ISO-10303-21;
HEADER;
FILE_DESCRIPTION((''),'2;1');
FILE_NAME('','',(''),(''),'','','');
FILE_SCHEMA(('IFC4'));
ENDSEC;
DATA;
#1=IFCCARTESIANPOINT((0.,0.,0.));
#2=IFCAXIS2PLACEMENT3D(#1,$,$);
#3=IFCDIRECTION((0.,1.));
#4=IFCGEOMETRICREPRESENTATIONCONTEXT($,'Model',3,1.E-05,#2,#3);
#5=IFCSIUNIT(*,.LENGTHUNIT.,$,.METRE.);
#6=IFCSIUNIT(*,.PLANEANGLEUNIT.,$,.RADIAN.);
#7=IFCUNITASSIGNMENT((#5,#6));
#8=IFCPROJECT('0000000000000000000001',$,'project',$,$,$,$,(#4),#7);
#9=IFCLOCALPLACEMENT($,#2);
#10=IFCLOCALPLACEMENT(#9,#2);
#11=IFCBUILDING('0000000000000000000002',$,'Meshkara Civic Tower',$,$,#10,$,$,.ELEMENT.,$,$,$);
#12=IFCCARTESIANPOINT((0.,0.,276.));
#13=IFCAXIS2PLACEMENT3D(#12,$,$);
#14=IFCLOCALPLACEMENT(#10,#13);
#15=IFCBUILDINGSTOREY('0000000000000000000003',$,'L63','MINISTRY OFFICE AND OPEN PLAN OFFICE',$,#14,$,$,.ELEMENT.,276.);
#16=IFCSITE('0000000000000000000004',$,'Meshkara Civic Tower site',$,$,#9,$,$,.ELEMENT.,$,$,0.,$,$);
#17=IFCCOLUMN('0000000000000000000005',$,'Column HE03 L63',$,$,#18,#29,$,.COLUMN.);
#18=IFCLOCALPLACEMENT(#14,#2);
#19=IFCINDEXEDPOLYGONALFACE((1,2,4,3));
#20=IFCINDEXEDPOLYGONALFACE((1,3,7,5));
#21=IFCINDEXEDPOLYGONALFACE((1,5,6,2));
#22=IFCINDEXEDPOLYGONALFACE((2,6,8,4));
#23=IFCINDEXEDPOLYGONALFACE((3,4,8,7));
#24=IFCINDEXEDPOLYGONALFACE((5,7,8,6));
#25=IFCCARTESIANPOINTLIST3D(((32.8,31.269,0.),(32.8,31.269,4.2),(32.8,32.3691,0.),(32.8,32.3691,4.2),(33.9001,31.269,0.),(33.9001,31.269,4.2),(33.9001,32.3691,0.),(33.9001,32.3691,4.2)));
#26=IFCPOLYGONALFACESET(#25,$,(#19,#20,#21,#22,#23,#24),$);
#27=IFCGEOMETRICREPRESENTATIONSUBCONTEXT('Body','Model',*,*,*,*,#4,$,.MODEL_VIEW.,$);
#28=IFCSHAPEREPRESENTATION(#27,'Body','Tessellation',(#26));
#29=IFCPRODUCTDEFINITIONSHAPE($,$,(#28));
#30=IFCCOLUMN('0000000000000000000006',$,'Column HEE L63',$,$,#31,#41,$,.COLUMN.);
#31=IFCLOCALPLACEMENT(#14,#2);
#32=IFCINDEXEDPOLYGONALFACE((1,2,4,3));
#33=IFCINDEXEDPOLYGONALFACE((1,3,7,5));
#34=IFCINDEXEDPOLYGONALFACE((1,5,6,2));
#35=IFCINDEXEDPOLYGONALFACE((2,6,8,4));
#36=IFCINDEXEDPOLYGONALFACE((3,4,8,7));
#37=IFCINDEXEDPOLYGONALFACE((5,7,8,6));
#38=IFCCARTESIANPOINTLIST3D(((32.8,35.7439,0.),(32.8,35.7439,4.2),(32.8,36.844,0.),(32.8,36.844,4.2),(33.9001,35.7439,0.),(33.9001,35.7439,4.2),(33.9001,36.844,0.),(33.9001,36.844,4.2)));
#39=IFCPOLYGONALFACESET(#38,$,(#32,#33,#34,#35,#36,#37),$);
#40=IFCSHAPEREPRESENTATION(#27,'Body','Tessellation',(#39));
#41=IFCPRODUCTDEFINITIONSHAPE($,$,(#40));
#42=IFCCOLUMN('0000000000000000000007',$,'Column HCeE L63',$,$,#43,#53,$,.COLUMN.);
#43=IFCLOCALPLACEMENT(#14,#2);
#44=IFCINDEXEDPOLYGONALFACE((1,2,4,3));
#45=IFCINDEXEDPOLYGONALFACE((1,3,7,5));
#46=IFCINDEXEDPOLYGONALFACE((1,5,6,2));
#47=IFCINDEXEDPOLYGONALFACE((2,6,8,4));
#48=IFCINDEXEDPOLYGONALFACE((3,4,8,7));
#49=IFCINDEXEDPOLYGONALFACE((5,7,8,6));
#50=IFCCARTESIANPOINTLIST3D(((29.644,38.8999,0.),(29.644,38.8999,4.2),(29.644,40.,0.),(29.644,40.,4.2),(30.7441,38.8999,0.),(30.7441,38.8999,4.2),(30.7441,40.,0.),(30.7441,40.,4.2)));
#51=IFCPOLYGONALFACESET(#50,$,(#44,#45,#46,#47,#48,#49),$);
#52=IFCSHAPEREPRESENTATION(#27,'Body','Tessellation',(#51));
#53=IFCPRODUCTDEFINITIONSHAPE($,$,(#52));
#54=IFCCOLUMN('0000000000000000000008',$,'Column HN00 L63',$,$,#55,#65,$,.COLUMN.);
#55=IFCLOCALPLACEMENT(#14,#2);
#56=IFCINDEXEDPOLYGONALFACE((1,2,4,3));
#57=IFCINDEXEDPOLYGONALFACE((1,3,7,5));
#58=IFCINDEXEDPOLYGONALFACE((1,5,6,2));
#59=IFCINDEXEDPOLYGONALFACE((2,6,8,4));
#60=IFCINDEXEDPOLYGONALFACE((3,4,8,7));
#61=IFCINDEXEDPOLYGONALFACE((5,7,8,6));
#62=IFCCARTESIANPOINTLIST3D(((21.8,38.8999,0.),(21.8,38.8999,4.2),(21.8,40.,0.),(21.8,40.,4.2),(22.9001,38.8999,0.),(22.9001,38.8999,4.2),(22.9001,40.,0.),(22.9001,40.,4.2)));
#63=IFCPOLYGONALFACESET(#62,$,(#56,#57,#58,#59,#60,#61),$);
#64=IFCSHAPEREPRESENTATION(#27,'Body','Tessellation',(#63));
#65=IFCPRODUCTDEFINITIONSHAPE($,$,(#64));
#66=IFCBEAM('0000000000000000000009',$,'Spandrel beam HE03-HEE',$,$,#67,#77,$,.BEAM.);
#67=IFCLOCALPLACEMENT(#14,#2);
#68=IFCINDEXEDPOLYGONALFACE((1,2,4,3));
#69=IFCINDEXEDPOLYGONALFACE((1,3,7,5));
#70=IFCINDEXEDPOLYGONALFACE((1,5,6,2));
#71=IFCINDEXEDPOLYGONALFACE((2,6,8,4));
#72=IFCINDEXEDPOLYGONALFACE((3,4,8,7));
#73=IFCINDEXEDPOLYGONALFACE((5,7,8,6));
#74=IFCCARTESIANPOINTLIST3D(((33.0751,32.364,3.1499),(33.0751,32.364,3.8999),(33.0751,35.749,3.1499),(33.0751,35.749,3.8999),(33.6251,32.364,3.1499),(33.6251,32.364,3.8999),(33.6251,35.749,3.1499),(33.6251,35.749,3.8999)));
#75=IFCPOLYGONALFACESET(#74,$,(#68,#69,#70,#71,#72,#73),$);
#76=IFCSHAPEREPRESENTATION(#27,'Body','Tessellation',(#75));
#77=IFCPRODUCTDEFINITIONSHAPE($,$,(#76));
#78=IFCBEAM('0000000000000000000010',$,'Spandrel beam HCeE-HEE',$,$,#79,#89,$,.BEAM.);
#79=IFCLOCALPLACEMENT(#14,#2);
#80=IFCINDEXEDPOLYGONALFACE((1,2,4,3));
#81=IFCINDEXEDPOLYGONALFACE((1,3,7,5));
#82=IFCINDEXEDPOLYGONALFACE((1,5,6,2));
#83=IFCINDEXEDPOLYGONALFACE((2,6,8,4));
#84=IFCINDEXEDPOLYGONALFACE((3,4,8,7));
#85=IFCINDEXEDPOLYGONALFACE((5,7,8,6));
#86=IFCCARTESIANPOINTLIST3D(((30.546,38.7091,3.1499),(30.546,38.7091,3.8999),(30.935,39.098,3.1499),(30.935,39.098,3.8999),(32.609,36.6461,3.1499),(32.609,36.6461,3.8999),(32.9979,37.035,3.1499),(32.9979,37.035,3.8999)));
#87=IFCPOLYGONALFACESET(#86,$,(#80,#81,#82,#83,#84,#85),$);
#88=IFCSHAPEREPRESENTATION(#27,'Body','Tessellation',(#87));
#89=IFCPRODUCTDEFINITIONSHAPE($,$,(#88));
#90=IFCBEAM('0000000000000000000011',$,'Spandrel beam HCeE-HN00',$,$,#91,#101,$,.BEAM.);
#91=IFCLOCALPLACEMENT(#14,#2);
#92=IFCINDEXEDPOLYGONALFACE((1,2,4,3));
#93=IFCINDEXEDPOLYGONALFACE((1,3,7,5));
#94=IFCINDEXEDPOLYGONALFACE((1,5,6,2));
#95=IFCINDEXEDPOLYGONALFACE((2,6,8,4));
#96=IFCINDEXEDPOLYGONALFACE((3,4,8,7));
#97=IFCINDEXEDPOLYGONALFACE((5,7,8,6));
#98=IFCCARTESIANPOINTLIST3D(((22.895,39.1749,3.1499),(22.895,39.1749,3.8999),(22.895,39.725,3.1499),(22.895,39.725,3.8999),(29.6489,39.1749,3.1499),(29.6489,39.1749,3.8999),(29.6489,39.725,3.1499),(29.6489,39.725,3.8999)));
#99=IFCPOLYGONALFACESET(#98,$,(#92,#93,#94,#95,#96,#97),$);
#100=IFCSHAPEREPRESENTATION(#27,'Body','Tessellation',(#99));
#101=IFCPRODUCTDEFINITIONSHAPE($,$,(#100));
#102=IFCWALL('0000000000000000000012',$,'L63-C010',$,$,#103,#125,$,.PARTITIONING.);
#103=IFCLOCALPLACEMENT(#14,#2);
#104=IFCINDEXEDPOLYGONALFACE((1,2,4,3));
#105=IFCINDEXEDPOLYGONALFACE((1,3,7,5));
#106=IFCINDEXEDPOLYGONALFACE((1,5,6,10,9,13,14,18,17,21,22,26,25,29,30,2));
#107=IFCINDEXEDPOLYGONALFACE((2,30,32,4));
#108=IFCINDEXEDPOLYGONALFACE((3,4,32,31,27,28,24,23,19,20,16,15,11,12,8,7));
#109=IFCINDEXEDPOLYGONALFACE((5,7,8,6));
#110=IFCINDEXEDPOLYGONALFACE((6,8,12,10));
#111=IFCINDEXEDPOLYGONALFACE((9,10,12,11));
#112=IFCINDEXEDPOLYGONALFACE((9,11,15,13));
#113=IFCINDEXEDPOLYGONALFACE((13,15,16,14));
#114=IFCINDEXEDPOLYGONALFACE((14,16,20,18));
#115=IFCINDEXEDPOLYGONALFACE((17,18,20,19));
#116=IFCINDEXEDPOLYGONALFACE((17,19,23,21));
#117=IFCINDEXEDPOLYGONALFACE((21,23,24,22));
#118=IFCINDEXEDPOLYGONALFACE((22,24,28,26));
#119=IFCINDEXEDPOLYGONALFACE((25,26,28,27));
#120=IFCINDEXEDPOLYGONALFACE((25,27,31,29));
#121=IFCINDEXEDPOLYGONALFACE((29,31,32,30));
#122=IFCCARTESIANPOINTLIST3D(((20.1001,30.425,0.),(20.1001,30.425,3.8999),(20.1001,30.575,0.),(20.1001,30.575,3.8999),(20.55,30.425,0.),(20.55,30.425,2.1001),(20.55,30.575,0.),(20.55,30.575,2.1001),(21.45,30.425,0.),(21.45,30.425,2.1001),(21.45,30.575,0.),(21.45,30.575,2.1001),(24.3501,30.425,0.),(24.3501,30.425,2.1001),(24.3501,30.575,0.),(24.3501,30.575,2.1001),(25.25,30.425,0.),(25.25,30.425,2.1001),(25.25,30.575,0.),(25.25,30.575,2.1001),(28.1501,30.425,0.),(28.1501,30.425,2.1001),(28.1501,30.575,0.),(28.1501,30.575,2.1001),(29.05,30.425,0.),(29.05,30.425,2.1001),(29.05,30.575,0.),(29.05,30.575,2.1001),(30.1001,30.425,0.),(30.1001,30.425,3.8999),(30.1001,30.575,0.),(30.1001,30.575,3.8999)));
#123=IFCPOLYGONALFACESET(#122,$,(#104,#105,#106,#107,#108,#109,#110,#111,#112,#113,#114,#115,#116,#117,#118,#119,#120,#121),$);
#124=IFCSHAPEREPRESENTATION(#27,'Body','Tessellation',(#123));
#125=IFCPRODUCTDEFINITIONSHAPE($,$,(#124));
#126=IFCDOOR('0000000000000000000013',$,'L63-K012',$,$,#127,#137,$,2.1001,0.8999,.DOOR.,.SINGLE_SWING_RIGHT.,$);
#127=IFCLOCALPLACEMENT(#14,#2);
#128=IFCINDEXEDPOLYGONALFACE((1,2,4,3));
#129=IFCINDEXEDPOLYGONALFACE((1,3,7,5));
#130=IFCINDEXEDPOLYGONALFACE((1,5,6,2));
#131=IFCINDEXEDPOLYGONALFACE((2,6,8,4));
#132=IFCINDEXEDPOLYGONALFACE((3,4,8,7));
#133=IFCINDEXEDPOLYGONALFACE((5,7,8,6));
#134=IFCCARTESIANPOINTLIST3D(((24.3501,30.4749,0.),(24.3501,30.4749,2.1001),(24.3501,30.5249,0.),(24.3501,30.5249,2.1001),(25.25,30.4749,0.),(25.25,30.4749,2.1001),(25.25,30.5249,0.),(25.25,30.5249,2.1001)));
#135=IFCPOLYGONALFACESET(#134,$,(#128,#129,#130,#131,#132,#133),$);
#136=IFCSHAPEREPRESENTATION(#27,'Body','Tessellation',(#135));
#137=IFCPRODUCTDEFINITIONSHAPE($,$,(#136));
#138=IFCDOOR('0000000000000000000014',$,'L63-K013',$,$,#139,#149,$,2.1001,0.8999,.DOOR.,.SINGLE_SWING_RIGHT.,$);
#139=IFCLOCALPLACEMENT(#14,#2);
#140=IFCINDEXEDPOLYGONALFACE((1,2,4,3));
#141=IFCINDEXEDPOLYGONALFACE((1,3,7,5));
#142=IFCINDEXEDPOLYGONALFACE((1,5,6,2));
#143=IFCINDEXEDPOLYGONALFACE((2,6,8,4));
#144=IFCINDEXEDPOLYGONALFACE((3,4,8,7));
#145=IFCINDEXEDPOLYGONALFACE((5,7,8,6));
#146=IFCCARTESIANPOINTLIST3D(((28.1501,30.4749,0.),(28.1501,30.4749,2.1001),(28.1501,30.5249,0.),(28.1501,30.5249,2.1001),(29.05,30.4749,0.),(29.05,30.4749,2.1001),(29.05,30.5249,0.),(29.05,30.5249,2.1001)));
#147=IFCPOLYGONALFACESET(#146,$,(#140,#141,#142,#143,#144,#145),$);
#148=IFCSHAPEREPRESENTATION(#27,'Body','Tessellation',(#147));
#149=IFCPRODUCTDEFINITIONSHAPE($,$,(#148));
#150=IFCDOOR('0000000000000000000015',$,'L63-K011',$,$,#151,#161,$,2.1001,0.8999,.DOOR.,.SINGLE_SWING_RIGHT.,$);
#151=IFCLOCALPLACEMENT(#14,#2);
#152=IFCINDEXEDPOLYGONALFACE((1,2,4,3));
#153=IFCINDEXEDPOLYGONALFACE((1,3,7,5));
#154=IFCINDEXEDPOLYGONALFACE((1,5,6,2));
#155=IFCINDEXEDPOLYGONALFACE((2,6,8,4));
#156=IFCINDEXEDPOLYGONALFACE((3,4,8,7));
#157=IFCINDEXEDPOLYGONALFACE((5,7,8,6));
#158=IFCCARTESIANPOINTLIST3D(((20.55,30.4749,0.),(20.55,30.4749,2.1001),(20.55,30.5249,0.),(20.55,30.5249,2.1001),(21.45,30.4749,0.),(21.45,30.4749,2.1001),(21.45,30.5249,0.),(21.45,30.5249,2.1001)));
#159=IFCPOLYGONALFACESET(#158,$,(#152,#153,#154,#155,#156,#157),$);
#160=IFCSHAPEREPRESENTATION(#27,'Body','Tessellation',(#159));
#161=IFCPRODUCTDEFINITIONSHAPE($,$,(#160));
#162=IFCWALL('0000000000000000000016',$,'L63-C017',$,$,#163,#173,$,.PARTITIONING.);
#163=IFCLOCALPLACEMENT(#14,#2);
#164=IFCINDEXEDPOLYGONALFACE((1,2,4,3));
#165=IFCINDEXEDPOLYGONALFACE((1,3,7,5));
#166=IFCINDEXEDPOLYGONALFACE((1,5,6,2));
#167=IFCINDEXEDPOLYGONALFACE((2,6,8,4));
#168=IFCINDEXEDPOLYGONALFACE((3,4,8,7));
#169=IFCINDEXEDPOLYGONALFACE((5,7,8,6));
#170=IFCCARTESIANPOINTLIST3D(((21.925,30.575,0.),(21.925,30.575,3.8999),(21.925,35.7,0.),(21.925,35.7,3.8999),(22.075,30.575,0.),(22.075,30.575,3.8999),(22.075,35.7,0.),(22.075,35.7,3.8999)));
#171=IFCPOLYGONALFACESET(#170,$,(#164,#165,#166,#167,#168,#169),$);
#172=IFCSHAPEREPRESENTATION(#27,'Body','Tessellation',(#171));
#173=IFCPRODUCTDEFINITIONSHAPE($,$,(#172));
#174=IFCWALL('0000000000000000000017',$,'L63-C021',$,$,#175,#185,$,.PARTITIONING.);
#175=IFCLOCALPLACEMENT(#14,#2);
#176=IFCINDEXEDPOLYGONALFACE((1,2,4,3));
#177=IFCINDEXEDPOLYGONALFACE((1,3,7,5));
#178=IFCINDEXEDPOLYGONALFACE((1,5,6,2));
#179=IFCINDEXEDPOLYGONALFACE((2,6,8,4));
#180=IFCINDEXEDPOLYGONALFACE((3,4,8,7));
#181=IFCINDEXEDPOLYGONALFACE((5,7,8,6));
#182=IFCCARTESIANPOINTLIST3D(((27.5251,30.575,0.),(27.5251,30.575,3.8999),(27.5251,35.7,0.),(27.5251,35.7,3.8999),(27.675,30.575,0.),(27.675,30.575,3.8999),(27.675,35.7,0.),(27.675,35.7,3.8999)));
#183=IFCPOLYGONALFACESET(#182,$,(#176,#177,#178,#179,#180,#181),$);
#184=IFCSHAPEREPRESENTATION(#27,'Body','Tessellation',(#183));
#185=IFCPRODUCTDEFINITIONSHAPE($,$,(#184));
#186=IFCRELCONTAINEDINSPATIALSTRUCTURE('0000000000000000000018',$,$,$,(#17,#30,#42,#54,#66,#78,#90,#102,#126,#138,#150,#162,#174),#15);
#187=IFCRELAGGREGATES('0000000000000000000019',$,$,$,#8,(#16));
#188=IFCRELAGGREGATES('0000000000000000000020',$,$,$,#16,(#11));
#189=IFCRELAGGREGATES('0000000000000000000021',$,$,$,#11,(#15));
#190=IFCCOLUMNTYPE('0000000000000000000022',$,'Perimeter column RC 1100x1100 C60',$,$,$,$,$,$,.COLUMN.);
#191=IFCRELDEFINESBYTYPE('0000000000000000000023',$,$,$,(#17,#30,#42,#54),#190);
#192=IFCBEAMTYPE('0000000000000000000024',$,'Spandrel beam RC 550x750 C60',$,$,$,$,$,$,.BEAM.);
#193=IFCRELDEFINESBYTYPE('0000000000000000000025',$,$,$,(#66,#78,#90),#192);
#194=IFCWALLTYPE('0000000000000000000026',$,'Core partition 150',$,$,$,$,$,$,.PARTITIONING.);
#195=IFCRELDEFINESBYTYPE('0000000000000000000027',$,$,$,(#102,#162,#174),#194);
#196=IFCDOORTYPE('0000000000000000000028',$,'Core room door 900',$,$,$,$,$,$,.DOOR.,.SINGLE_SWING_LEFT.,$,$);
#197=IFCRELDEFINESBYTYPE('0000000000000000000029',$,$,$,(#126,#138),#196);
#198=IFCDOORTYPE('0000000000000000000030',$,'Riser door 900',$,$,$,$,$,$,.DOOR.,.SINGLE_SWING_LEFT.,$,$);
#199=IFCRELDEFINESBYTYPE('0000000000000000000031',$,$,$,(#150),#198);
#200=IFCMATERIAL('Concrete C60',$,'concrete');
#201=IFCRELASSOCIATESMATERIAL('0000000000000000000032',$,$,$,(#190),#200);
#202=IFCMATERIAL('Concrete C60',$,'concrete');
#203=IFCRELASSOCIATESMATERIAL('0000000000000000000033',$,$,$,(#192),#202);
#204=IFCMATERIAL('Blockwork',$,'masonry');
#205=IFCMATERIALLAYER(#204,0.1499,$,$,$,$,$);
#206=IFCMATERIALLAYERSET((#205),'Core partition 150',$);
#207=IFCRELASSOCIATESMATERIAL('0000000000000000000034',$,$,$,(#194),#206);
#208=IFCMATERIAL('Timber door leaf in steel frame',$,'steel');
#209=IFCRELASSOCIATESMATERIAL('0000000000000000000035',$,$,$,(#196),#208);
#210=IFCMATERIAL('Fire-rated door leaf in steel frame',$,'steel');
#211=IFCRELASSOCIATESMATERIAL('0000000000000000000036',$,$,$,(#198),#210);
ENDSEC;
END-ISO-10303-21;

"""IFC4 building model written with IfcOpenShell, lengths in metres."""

from ifc_helpers import new_model, si_unit, direction, frame, frame_2d, origin, origin_2d, place, context, subcontext, project, spatial, rectangle, extrude, material, layer, layer_set, material_profile, profile_set, type_object, element, fill, save


model = new_model("IFC4")

# Units and contexts
model_context = context("Model", 3, precision=1e-05, world=origin(), true_north=direction((0.0, 1.0)))
body_context = subcontext(model_context, "Body", "Model", "MODEL_VIEW")
ifc_project = project(units=[si_unit("LENGTHUNIT", "METRE"), si_unit("PLANEANGLEUNIT", "RADIAN")], contexts=[model_context])

# Site, building, storey
site_placement = place(None, origin())
site = spatial("IfcSite", under=ifc_project, at=site_placement, Name="Meshkara Civic Tower site", CompositionType="ELEMENT", RefElevation=0.0)
building_placement = place(site_placement, origin())
building = spatial("IfcBuilding", under=site, at=building_placement, Name="Meshkara Civic Tower", CompositionType="ELEMENT")
storey_placement = place(building_placement, frame((0.0, 0.0, 276.0)))
storey = spatial("IfcBuildingStorey", under=building, at=storey_placement, Name="L63", Description="MINISTRY OFFICE AND OPEN PLAN OFFICE", CompositionType="ELEMENT", Elevation=276.0)

# Columns
ifc_material_1 = material(Name="Concrete C60", Category="concrete")
ifc_material_profile_1 = material_profile(ifc_material_1, rectangle(XDim=1.1001, YDim=1.1001, at=origin_2d()))
ifc_profile_set_1 = profile_set([ifc_material_profile_1], Name="Concrete C60")
column_type = type_object("IfcColumnType", Name="Perimeter column RC 1100x1100 C60", PredefinedType="COLUMN", material=ifc_profile_set_1)
for number, where, z_axis, x_axis, name in (
    (1, (33.3501, 31.8191, 0.0), (0.0, 0.0, 1.0), (1.0, 0.0, 0.0), "Column HE03 L63"),
    (2, (33.3501, 36.2939, 0.0), (0.0, 0.0, 1.0), (1.0, 0.0, 0.0), "Column HEE L63"),
    (3, (30.1941, 39.45, 0.0), (0.0, 0.0, 1.0), (1.0, 0.0, 0.0), "Column HCeE L63"),
    (4, (22.3501, 39.45, 0.0), (0.0, 0.0, 1.0), (1.0, 0.0, 0.0), "Column HN00 L63"),
):
    element("IfcColumn", number, at=place(storey_placement, frame(where, z_axis=z_axis, x_axis=x_axis)), inside=storey, type_object=column_type, Name=name, PredefinedType="COLUMN", context=body_context, shape_type="SweptSolid", body=[
        extrude(rectangle(XDim=1.1001, YDim=1.1001, at=origin_2d()), origin(), (0.0, 0.0, 1.0), 4.2),
    ])

# Beams
ifc_material_2 = material(Name="Concrete C60", Category="concrete")
ifc_material_profile_2 = material_profile(ifc_material_2, rectangle(XDim=0.55, YDim=0.75, at=origin_2d()))
ifc_profile_set_2 = profile_set([ifc_material_profile_2], Name="Concrete C60")
beam_type = type_object("IfcBeamType", Name="Spandrel beam RC 550x750 C60", PredefinedType="BEAM", material=ifc_profile_set_2)
beam_1_placement = place(storey_placement, frame((33.3501, 32.364, 3.5249), z_axis=(0.0, 1.0, 0.0), x_axis=(-1.0, 0.0, 0.0)))
element("IfcBeam", 5, at=beam_1_placement, inside=storey, type_object=beam_type, Name="Spandrel beam HE03-HEE", PredefinedType="BEAM", context=body_context, shape_type="SweptSolid", body=[
    extrude(rectangle(XDim=0.55, YDim=0.75, at=origin_2d()), origin(), (0.0, 0.0, 1.0), 3.385),
])
beam_2_placement = place(storey_placement, frame((32.8035, 36.8406, 3.5249), z_axis=(-0.707107, 0.707107, 0.0), x_axis=(-0.707107, -0.707107, 0.0)))
element("IfcBeam", 6, at=beam_2_placement, inside=storey, type_object=beam_type, Name="Spandrel beam HCeE-HEE", PredefinedType="BEAM", context=body_context, shape_type="SweptSolid", body=[
    extrude(rectangle(XDim=0.55, YDim=0.75, at=origin_2d()), origin(), (0.0, 0.0, 1.0), 2.9175),
])
beam_3_placement = place(storey_placement, frame((29.6489, 39.45, 3.5249), z_axis=(-1.0, 0.0, 0.0), x_axis=(0.0, -1.0, 0.0)))
element("IfcBeam", 7, at=beam_3_placement, inside=storey, type_object=beam_type, Name="Spandrel beam HCeE-HN00", PredefinedType="BEAM", context=body_context, shape_type="SweptSolid", body=[
    extrude(rectangle(XDim=0.55, YDim=0.75, at=origin_2d()), origin(), (0.0, 0.0, 1.0), 6.7539),
])

# Wall, openings, doors
ifc_material_3 = material(Name="Blockwork", Category="masonry")
ifc_layer_1 = layer(ifc_material_3, 0.1499)
ifc_layer_set_1 = layer_set([ifc_layer_1], Name="Core partition 150")
wall_type_1 = type_object("IfcWallType", Name="Core partition 150", PredefinedType="PARTITIONING", material=ifc_layer_set_1)
wall_1_placement = place(storey_placement, frame((20.1001, 30.5, 0.0), z_axis=(0.0, 0.0, 1.0), x_axis=(1.0, 0.0, 0.0)))
wall_1 = element("IfcWall", 8, at=wall_1_placement, inside=storey, type_object=wall_type_1, Name="L63-C010", PredefinedType="PARTITIONING", context=body_context, shape_type="SweptSolid", body=[
    extrude(rectangle(XDim=10.0, YDim=0.1499, at=frame_2d((5.0, 0.0))), origin(), (0.0, 0.0, 1.0), 3.8999),
])
opening_1_placement = place(wall_1_placement, frame((0.45, 0.0, 0.0)))
opening_1 = element("IfcOpeningElement", 9, at=opening_1_placement, cuts=wall_1, PredefinedType="OPENING", context=body_context, shape_type="SweptSolid", body=[
    extrude(rectangle(XDim=0.8999, YDim=2.1001, at=frame_2d((0.45, 1.05))), frame((0.0, 0.085, 0.0), z_axis=(0.0, -1.0, 0.0), x_axis=(1.0, 0.0, 0.0)), (0.0, 0.0, 1.0), 0.1699),
])
opening_2_placement = place(wall_1_placement, frame((4.25, 0.0, 0.0)))
opening_2 = element("IfcOpeningElement", 10, at=opening_2_placement, cuts=wall_1, PredefinedType="OPENING", context=body_context, shape_type="SweptSolid", body=[
    extrude(rectangle(XDim=0.8999, YDim=2.1001, at=frame_2d((0.45, 1.05))), frame((0.0, 0.085, 0.0), z_axis=(0.0, -1.0, 0.0), x_axis=(1.0, 0.0, 0.0)), (0.0, 0.0, 1.0), 0.1699),
])
opening_3_placement = place(wall_1_placement, frame((8.05, 0.0, 0.0)))
opening_3 = element("IfcOpeningElement", 11, at=opening_3_placement, cuts=wall_1, PredefinedType="OPENING", context=body_context, shape_type="SweptSolid", body=[
    extrude(rectangle(XDim=0.8999, YDim=2.1001, at=frame_2d((0.45, 1.05))), frame((0.0, 0.085, 0.0), z_axis=(0.0, -1.0, 0.0), x_axis=(1.0, 0.0, 0.0)), (0.0, 0.0, 1.0), 0.1699),
])
ifc_material_4 = material(Name="Timber door leaf in steel frame", Category="steel")
door_type_1 = type_object("IfcDoorType", Name="Core room door 900", OperationType="SINGLE_SWING_LEFT", PredefinedType="DOOR", material=ifc_material_4)
door_1_placement = place(opening_2_placement, origin())
door_1 = element("IfcDoor", 12, at=door_1_placement, inside=storey, type_object=door_type_1, Name="L63-K012", OperationType="SINGLE_SWING_RIGHT", OverallHeight=2.1001, OverallWidth=0.8999, PredefinedType="DOOR", context=body_context, shape_type="SweptSolid", body=[
    extrude(rectangle(XDim=0.8999, YDim=2.1001, at=frame_2d((0.45, 1.05))), frame((0.0, 0.0249, 0.0), z_axis=(0.0, -1.0, 0.0), x_axis=(1.0, 0.0, 0.0)), (0.0, 0.0, 1.0), 0.05),
])
fill(opening_2, door_1)
door_2_placement = place(opening_3_placement, origin())
door_2 = element("IfcDoor", 13, at=door_2_placement, inside=storey, type_object=door_type_1, Name="L63-K013", OperationType="SINGLE_SWING_RIGHT", OverallHeight=2.1001, OverallWidth=0.8999, PredefinedType="DOOR", context=body_context, shape_type="SweptSolid", body=[
    extrude(rectangle(XDim=0.8999, YDim=2.1001, at=frame_2d((0.45, 1.05))), frame((0.0, 0.0249, 0.0), z_axis=(0.0, -1.0, 0.0), x_axis=(1.0, 0.0, 0.0)), (0.0, 0.0, 1.0), 0.05),
])
fill(opening_3, door_2)
ifc_material_5 = material(Name="Fire-rated door leaf in steel frame", Category="steel")
door_type_2 = type_object("IfcDoorType", Name="Riser door 900", OperationType="SINGLE_SWING_LEFT", PredefinedType="DOOR", material=ifc_material_5)
door_3_placement = place(opening_1_placement, origin())
door_3 = element("IfcDoor", 14, at=door_3_placement, inside=storey, type_object=door_type_2, Name="L63-K011", OperationType="SINGLE_SWING_RIGHT", OverallHeight=2.1001, OverallWidth=0.8999, PredefinedType="DOOR", context=body_context, shape_type="SweptSolid", body=[
    extrude(rectangle(XDim=0.8999, YDim=2.1001, at=frame_2d((0.45, 1.05))), frame((0.0, 0.0249, 0.0), z_axis=(0.0, -1.0, 0.0), x_axis=(1.0, 0.0, 0.0)), (0.0, 0.0, 1.0), 0.05),
])
fill(opening_1, door_3)

# Walls
for number, where, z_axis, x_axis, name in (
    (15, (22.0, 30.575, 0.0), (0.0, 0.0, 1.0), (0.0, 1.0, 0.0), "L63-C017"),
    (16, (27.6001, 30.575, 0.0), (0.0, 0.0, 1.0), (0.0, 1.0, 0.0), "L63-C021"),
):
    element("IfcWall", number, at=place(storey_placement, frame(where, z_axis=z_axis, x_axis=x_axis)), inside=storey, type_object=wall_type_1, Name=name, PredefinedType="PARTITIONING", context=body_context, shape_type="SweptSolid", body=[
        extrude(rectangle(XDim=5.125, YDim=0.1499, at=frame_2d((2.5625, 0.0))), origin(), (0.0, 0.0, 1.0), 3.8999),
    ])

save(model, "model.ifc")
